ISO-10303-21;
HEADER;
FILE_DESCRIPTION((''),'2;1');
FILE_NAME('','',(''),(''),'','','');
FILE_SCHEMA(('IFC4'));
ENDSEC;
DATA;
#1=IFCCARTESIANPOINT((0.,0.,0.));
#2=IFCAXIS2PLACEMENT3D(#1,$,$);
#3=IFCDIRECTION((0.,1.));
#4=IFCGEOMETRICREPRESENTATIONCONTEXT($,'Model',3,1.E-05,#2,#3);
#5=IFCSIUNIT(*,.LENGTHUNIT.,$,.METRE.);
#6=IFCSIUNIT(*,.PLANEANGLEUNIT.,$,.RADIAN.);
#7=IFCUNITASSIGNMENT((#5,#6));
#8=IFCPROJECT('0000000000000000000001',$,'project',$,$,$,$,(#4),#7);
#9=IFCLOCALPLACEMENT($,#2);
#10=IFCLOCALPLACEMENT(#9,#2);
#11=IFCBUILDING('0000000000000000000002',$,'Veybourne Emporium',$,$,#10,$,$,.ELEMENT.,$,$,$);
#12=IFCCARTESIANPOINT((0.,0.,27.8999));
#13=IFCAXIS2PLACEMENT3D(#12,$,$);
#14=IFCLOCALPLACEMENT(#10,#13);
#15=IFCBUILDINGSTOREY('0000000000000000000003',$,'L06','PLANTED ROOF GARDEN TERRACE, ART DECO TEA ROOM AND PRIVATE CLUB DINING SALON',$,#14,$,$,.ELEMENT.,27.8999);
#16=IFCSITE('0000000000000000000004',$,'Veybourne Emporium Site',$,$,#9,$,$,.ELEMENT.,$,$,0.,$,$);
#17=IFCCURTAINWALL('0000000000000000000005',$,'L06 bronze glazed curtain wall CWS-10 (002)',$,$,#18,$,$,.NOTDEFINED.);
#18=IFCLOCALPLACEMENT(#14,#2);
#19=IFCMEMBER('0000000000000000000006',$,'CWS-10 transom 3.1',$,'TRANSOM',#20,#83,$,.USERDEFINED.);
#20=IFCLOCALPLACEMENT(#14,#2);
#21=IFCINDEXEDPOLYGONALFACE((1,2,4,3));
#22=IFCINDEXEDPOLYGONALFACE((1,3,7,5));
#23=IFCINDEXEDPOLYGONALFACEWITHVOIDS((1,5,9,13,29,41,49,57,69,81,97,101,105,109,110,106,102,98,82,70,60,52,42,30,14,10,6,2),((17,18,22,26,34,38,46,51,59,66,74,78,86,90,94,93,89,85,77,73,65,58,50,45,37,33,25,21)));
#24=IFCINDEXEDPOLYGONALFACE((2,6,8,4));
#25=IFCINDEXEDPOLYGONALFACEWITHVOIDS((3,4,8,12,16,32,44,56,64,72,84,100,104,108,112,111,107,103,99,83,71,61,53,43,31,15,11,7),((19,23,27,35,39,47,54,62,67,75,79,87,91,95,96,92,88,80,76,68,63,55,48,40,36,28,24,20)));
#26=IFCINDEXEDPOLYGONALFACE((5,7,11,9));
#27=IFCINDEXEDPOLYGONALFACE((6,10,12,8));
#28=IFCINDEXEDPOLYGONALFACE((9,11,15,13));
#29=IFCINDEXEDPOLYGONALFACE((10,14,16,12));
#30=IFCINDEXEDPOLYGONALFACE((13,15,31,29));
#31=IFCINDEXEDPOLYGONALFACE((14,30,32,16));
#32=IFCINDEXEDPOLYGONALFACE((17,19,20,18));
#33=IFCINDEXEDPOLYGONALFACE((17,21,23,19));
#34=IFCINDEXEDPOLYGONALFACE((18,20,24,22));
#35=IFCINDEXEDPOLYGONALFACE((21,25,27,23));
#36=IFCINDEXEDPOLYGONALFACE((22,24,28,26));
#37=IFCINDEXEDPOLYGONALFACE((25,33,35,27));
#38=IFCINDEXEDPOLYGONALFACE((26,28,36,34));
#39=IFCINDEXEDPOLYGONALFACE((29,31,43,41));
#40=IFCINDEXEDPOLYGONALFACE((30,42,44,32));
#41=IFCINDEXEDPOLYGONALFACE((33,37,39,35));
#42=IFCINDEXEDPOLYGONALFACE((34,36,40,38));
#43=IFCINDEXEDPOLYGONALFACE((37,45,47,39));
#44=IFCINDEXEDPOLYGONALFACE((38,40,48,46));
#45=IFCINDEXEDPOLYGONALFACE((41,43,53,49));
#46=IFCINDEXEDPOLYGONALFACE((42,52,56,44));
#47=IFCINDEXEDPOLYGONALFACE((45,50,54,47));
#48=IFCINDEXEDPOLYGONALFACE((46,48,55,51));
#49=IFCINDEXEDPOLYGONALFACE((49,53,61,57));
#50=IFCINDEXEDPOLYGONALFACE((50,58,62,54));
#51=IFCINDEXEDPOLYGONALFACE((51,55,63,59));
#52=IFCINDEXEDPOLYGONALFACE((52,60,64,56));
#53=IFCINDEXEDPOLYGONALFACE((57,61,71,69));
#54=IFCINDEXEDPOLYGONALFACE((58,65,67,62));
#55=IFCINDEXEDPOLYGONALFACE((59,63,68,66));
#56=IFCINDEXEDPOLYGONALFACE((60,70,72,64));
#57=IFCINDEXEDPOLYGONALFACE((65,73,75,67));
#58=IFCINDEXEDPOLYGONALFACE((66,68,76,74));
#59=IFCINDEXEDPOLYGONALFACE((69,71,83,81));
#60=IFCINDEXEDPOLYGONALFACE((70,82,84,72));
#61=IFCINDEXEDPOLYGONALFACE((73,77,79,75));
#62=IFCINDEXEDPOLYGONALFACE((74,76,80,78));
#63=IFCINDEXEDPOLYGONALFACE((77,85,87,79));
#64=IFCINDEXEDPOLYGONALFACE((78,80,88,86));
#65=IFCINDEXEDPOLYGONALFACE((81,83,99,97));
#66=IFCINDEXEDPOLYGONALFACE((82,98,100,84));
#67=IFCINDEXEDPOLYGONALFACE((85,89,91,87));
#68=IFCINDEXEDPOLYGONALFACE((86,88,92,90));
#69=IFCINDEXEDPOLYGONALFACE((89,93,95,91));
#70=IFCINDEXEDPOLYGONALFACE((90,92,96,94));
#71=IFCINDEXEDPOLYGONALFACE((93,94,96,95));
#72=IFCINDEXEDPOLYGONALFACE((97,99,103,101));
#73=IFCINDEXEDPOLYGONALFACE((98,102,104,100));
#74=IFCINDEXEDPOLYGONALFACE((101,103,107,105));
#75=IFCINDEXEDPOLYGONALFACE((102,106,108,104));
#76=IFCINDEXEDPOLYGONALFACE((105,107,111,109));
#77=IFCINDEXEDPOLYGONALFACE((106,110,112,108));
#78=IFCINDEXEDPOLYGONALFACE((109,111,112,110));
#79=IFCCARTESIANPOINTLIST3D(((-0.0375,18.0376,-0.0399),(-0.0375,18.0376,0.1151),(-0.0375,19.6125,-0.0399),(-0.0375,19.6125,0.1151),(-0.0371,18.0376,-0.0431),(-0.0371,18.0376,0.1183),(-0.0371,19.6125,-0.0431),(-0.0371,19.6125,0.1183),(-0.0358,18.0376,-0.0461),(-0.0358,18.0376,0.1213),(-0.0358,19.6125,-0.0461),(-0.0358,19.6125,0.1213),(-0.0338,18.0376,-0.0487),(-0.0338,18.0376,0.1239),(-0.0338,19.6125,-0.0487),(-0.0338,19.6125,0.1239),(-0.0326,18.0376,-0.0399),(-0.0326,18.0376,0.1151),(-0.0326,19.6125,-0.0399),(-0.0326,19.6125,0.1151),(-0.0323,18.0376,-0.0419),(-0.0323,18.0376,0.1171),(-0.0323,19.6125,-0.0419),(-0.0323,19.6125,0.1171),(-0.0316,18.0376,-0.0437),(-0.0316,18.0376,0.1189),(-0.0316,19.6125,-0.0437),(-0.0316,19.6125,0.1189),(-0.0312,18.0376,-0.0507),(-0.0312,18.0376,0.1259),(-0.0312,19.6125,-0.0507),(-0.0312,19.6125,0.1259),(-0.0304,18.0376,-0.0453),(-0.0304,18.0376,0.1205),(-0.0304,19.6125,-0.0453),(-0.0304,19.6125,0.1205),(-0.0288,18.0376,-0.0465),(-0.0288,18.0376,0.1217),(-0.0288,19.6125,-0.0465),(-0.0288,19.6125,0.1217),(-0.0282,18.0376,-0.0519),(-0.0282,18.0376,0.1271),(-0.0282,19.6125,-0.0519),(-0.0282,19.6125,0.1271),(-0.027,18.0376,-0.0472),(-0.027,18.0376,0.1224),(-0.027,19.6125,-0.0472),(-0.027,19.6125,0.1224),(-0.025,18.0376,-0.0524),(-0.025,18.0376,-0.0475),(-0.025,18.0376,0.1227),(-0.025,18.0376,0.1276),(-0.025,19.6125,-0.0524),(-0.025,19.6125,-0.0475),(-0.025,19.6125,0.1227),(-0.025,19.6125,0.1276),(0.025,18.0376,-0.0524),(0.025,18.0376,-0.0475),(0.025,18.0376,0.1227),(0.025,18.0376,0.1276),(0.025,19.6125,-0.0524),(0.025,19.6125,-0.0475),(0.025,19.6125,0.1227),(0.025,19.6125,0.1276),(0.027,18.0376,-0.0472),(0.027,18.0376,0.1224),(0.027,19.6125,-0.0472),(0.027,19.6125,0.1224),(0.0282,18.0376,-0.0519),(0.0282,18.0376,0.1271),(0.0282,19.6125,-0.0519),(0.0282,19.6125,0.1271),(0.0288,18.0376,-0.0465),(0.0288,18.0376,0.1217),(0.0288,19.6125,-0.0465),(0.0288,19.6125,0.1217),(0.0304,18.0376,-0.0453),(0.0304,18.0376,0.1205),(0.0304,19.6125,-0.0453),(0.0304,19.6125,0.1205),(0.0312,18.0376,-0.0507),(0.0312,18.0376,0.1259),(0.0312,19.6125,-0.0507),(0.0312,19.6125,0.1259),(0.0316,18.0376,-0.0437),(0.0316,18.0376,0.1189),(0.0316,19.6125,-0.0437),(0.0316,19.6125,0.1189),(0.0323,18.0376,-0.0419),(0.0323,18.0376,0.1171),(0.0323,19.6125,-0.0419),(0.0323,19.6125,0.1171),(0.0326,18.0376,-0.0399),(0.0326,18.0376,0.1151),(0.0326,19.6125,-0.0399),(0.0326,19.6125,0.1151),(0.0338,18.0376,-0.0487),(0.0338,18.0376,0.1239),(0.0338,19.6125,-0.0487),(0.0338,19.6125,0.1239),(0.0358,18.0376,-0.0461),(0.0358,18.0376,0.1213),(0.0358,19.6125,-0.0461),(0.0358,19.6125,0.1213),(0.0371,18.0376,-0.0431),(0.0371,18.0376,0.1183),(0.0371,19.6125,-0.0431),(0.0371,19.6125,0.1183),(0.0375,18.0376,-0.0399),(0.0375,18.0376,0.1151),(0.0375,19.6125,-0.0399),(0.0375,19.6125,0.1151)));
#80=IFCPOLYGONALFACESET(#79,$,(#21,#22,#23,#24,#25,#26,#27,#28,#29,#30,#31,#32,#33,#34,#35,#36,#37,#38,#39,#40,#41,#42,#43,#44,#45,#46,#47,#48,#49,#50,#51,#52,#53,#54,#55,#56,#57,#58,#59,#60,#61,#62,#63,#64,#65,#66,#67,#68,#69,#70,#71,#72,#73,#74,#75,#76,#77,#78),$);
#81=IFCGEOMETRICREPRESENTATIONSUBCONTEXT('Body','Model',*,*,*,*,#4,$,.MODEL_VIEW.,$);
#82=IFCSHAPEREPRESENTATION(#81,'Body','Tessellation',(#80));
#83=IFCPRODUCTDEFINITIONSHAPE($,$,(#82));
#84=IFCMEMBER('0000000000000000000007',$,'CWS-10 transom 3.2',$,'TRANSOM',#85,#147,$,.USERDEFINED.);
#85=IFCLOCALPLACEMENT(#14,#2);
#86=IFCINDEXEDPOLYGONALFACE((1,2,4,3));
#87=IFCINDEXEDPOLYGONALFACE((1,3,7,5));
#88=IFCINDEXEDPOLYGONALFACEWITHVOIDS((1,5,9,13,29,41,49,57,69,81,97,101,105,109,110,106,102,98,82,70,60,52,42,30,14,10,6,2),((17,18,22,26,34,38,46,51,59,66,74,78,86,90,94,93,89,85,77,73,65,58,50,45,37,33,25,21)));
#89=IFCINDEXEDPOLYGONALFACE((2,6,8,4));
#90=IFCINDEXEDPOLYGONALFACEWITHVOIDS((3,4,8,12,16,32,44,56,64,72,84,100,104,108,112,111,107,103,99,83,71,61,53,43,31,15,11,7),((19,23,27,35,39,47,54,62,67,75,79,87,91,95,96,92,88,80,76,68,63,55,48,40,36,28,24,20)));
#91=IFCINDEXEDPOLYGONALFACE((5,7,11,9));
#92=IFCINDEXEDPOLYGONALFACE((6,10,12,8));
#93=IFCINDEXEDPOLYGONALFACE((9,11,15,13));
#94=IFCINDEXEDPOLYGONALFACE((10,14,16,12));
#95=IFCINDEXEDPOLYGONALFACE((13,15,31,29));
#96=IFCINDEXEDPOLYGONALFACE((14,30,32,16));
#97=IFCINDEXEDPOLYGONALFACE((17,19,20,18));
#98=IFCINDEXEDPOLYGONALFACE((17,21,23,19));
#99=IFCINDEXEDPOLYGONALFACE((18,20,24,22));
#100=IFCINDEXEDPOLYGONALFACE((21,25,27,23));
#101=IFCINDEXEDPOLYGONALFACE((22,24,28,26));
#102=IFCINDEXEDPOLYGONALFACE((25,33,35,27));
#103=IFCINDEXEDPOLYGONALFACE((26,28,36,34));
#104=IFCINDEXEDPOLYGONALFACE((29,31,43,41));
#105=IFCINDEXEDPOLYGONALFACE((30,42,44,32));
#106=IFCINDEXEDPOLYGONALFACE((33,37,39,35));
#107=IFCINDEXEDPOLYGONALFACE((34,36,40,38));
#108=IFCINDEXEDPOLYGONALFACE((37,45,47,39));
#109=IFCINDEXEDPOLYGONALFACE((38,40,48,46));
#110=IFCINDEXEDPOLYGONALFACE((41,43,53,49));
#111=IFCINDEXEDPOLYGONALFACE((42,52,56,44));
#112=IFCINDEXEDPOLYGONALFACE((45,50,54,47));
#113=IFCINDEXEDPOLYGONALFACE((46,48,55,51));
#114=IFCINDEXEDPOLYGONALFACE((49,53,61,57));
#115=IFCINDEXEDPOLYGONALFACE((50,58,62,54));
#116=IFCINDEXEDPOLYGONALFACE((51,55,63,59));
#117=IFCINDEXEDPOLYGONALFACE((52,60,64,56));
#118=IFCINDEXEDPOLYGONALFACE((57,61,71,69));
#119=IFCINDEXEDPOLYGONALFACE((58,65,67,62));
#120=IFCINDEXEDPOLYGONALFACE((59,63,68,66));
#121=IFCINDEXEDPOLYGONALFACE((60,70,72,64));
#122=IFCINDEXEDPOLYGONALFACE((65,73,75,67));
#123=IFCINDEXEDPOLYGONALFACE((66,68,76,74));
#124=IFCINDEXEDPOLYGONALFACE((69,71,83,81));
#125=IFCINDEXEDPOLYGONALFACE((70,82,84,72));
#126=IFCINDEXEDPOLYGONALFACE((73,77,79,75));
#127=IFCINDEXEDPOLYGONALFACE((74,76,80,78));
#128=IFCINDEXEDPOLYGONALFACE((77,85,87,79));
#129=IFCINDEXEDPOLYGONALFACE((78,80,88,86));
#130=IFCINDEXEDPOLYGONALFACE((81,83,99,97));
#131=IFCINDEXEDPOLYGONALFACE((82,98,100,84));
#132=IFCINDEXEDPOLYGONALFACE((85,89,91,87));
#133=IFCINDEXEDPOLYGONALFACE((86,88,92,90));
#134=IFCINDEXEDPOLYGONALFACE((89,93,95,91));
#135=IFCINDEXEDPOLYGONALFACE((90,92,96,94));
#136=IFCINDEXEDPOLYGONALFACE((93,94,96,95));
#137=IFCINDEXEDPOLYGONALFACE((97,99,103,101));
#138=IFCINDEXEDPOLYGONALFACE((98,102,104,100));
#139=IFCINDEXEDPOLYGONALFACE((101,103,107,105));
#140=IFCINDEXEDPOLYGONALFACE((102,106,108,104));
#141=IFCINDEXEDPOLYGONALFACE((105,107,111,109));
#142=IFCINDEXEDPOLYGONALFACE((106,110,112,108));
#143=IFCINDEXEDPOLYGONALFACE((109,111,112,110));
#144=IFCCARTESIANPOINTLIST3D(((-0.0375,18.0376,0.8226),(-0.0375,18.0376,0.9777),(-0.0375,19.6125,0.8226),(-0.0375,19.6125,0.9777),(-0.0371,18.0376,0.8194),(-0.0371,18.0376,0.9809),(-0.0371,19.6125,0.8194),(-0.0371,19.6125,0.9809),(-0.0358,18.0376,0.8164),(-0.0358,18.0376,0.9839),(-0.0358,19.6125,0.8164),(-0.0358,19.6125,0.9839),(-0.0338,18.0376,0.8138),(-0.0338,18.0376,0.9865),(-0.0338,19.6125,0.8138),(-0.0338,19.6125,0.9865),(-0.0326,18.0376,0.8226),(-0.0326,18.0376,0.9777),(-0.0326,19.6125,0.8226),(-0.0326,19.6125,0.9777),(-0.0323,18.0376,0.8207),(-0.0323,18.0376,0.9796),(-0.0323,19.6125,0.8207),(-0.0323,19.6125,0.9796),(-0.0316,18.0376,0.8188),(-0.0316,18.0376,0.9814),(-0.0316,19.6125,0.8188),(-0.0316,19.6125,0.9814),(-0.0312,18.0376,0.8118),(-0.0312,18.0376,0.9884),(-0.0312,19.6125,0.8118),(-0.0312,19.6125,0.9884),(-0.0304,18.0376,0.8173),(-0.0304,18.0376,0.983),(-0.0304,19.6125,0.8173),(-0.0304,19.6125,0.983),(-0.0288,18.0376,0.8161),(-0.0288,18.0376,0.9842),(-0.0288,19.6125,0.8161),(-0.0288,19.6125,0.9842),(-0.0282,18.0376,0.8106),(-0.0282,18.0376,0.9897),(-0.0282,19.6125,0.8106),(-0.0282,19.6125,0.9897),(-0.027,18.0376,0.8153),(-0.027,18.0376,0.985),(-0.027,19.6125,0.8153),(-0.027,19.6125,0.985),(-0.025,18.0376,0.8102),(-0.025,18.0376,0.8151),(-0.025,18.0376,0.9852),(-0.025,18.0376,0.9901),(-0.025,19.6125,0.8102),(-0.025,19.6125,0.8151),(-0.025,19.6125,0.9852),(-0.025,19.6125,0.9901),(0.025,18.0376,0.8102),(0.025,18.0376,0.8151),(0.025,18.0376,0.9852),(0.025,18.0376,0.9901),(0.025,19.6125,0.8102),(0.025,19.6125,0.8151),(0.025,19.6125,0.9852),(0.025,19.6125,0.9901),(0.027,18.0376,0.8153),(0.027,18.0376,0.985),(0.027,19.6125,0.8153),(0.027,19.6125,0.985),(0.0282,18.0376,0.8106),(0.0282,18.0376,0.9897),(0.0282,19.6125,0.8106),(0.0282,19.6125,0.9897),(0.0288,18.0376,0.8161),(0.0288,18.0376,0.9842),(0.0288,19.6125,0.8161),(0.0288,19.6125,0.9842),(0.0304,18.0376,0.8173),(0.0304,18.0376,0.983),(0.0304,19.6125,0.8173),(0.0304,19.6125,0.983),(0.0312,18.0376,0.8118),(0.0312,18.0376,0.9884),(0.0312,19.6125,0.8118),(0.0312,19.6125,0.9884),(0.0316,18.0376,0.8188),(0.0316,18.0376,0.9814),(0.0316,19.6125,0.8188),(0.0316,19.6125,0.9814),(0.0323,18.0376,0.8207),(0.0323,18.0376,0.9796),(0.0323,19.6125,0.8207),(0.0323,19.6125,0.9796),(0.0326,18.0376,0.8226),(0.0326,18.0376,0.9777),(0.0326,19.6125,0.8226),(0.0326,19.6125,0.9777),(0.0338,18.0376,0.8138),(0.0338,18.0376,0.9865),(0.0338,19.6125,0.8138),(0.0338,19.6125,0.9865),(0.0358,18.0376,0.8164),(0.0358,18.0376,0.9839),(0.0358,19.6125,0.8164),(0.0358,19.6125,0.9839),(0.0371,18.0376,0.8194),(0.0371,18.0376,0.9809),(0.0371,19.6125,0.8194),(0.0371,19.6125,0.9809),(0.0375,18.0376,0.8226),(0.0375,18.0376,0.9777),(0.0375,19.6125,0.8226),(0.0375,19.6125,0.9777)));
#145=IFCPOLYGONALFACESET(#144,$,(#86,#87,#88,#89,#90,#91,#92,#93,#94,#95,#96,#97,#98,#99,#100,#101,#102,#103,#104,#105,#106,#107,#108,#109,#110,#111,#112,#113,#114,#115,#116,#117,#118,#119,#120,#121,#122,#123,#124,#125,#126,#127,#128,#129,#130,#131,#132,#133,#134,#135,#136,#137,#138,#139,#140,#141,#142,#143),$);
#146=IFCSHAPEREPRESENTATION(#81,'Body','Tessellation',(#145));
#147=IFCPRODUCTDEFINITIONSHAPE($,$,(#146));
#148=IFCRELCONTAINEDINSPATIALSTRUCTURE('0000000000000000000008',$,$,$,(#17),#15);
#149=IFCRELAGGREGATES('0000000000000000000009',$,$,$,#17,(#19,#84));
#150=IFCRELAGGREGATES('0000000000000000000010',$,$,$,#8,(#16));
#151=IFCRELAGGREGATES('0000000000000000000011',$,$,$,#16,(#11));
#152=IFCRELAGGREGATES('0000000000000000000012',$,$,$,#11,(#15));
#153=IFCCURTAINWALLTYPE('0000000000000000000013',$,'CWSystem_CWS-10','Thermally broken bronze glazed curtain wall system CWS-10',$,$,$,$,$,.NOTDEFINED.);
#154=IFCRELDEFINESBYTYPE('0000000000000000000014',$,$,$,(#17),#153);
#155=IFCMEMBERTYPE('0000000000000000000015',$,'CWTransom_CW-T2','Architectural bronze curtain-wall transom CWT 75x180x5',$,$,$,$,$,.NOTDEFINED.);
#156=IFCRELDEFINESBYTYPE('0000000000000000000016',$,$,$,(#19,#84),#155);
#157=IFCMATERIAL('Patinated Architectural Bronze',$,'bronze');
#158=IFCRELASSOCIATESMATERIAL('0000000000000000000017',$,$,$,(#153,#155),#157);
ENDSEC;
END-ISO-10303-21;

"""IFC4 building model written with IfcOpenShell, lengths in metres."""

from ifc_helpers import new_model, si_unit, direction, frame, origin, origin_2d, place, context, subcontext, project, spatial, hollow_rectangle, extrude, material, material_profile, profile_set, type_object, element, aggregate, save


model = new_model("IFC4")

# Units and contexts
model_context = context("Model", 3, precision=1e-05, world=origin(), true_north=direction((0.0, 1.0)))
body_context = subcontext(model_context, "Body", "Model", "MODEL_VIEW")
ifc_project = project(units=[si_unit("LENGTHUNIT", "METRE"), si_unit("PLANEANGLEUNIT", "RADIAN")], contexts=[model_context])

# Site, building, storey
site_placement = place(None, origin())
site = spatial("IfcSite", under=ifc_project, at=site_placement, Name="Veybourne Emporium Site", CompositionType="ELEMENT", RefElevation=0.0)
building_placement = place(site_placement, origin())
building = spatial("IfcBuilding", under=site, at=building_placement, Name="Veybourne Emporium", CompositionType="ELEMENT")
storey_placement = place(building_placement, frame((0.0, 0.0, 27.8999)))
storey = spatial("IfcBuildingStorey", under=building, at=storey_placement, Name="L06", Description="PLANTED ROOF GARDEN TERRACE, ART DECO TEA ROOM AND PRIVATE CLUB DINING SALON", CompositionType="ELEMENT", Elevation=27.8999)

# Curtain wall, members
ifc_material_1 = material(Name="Patinated Architectural Bronze", Category="bronze")
curtain_wall_type = type_object("IfcCurtainWallType", Name="CWSystem_CWS-10", Description="Thermally broken bronze glazed curtain wall system CWS-10", PredefinedType="NOTDEFINED", material=ifc_material_1)
curtain_wall_placement = place(storey_placement, origin())
curtain_wall = element("IfcCurtainWall", 1, at=curtain_wall_placement, inside=storey, type_object=curtain_wall_type, Name="L06 bronze glazed curtain wall CWS-10 (002)", PredefinedType="NOTDEFINED")
ifc_material_profile_1 = material_profile(ifc_material_1, hollow_rectangle(XDim=0.075, YDim=0.1799, WallThickness=0.0049, InnerFilletRadius=0.0076, OuterFilletRadius=0.0125, at=origin_2d()), Name="CWT 75x180x5")
ifc_profile_set_1 = profile_set([ifc_material_profile_1], Name="Patinated Architectural Bronze")
member_type_1 = type_object("IfcMemberType", Name="CWTransom_CW-T2", Description="Architectural bronze curtain-wall transom CWT 75x180x5", PredefinedType="NOTDEFINED", material=ifc_profile_set_1)
member_1_placement = place(storey_placement, frame((0.0, 18.0376, 0.0376), z_axis=(0.0, 1.0, 0.0), x_axis=(-1.0, 0.0, 0.0)))
member_1 = element("IfcMember", 2, at=member_1_placement, type_object=member_type_1, Name="CWS-10 transom 3.1", ObjectType="TRANSOM", PredefinedType="USERDEFINED", context=body_context, shape_type="SweptSolid", body=[
    extrude(hollow_rectangle(XDim=0.075, YDim=0.1799, WallThickness=0.0049, InnerFilletRadius=0.0076, OuterFilletRadius=0.0125, at=origin_2d()), origin(), (0.0, 0.0, 1.0), 1.575),
])
member_2_placement = place(storey_placement, frame((0.0, 18.0376, 0.9001), z_axis=(0.0, 1.0, 0.0), x_axis=(-1.0, 0.0, 0.0)))
member_2 = element("IfcMember", 3, at=member_2_placement, type_object=member_type_1, Name="CWS-10 transom 3.2", ObjectType="TRANSOM", PredefinedType="USERDEFINED", context=body_context, shape_type="SweptSolid", body=[
    extrude(hollow_rectangle(XDim=0.075, YDim=0.1799, WallThickness=0.0049, InnerFilletRadius=0.0076, OuterFilletRadius=0.0125, at=origin_2d()), origin(), (0.0, 0.0, 1.0), 1.575),
])

aggregate(curtain_wall, [member_1, member_2])

save(model, "model.ifc")
